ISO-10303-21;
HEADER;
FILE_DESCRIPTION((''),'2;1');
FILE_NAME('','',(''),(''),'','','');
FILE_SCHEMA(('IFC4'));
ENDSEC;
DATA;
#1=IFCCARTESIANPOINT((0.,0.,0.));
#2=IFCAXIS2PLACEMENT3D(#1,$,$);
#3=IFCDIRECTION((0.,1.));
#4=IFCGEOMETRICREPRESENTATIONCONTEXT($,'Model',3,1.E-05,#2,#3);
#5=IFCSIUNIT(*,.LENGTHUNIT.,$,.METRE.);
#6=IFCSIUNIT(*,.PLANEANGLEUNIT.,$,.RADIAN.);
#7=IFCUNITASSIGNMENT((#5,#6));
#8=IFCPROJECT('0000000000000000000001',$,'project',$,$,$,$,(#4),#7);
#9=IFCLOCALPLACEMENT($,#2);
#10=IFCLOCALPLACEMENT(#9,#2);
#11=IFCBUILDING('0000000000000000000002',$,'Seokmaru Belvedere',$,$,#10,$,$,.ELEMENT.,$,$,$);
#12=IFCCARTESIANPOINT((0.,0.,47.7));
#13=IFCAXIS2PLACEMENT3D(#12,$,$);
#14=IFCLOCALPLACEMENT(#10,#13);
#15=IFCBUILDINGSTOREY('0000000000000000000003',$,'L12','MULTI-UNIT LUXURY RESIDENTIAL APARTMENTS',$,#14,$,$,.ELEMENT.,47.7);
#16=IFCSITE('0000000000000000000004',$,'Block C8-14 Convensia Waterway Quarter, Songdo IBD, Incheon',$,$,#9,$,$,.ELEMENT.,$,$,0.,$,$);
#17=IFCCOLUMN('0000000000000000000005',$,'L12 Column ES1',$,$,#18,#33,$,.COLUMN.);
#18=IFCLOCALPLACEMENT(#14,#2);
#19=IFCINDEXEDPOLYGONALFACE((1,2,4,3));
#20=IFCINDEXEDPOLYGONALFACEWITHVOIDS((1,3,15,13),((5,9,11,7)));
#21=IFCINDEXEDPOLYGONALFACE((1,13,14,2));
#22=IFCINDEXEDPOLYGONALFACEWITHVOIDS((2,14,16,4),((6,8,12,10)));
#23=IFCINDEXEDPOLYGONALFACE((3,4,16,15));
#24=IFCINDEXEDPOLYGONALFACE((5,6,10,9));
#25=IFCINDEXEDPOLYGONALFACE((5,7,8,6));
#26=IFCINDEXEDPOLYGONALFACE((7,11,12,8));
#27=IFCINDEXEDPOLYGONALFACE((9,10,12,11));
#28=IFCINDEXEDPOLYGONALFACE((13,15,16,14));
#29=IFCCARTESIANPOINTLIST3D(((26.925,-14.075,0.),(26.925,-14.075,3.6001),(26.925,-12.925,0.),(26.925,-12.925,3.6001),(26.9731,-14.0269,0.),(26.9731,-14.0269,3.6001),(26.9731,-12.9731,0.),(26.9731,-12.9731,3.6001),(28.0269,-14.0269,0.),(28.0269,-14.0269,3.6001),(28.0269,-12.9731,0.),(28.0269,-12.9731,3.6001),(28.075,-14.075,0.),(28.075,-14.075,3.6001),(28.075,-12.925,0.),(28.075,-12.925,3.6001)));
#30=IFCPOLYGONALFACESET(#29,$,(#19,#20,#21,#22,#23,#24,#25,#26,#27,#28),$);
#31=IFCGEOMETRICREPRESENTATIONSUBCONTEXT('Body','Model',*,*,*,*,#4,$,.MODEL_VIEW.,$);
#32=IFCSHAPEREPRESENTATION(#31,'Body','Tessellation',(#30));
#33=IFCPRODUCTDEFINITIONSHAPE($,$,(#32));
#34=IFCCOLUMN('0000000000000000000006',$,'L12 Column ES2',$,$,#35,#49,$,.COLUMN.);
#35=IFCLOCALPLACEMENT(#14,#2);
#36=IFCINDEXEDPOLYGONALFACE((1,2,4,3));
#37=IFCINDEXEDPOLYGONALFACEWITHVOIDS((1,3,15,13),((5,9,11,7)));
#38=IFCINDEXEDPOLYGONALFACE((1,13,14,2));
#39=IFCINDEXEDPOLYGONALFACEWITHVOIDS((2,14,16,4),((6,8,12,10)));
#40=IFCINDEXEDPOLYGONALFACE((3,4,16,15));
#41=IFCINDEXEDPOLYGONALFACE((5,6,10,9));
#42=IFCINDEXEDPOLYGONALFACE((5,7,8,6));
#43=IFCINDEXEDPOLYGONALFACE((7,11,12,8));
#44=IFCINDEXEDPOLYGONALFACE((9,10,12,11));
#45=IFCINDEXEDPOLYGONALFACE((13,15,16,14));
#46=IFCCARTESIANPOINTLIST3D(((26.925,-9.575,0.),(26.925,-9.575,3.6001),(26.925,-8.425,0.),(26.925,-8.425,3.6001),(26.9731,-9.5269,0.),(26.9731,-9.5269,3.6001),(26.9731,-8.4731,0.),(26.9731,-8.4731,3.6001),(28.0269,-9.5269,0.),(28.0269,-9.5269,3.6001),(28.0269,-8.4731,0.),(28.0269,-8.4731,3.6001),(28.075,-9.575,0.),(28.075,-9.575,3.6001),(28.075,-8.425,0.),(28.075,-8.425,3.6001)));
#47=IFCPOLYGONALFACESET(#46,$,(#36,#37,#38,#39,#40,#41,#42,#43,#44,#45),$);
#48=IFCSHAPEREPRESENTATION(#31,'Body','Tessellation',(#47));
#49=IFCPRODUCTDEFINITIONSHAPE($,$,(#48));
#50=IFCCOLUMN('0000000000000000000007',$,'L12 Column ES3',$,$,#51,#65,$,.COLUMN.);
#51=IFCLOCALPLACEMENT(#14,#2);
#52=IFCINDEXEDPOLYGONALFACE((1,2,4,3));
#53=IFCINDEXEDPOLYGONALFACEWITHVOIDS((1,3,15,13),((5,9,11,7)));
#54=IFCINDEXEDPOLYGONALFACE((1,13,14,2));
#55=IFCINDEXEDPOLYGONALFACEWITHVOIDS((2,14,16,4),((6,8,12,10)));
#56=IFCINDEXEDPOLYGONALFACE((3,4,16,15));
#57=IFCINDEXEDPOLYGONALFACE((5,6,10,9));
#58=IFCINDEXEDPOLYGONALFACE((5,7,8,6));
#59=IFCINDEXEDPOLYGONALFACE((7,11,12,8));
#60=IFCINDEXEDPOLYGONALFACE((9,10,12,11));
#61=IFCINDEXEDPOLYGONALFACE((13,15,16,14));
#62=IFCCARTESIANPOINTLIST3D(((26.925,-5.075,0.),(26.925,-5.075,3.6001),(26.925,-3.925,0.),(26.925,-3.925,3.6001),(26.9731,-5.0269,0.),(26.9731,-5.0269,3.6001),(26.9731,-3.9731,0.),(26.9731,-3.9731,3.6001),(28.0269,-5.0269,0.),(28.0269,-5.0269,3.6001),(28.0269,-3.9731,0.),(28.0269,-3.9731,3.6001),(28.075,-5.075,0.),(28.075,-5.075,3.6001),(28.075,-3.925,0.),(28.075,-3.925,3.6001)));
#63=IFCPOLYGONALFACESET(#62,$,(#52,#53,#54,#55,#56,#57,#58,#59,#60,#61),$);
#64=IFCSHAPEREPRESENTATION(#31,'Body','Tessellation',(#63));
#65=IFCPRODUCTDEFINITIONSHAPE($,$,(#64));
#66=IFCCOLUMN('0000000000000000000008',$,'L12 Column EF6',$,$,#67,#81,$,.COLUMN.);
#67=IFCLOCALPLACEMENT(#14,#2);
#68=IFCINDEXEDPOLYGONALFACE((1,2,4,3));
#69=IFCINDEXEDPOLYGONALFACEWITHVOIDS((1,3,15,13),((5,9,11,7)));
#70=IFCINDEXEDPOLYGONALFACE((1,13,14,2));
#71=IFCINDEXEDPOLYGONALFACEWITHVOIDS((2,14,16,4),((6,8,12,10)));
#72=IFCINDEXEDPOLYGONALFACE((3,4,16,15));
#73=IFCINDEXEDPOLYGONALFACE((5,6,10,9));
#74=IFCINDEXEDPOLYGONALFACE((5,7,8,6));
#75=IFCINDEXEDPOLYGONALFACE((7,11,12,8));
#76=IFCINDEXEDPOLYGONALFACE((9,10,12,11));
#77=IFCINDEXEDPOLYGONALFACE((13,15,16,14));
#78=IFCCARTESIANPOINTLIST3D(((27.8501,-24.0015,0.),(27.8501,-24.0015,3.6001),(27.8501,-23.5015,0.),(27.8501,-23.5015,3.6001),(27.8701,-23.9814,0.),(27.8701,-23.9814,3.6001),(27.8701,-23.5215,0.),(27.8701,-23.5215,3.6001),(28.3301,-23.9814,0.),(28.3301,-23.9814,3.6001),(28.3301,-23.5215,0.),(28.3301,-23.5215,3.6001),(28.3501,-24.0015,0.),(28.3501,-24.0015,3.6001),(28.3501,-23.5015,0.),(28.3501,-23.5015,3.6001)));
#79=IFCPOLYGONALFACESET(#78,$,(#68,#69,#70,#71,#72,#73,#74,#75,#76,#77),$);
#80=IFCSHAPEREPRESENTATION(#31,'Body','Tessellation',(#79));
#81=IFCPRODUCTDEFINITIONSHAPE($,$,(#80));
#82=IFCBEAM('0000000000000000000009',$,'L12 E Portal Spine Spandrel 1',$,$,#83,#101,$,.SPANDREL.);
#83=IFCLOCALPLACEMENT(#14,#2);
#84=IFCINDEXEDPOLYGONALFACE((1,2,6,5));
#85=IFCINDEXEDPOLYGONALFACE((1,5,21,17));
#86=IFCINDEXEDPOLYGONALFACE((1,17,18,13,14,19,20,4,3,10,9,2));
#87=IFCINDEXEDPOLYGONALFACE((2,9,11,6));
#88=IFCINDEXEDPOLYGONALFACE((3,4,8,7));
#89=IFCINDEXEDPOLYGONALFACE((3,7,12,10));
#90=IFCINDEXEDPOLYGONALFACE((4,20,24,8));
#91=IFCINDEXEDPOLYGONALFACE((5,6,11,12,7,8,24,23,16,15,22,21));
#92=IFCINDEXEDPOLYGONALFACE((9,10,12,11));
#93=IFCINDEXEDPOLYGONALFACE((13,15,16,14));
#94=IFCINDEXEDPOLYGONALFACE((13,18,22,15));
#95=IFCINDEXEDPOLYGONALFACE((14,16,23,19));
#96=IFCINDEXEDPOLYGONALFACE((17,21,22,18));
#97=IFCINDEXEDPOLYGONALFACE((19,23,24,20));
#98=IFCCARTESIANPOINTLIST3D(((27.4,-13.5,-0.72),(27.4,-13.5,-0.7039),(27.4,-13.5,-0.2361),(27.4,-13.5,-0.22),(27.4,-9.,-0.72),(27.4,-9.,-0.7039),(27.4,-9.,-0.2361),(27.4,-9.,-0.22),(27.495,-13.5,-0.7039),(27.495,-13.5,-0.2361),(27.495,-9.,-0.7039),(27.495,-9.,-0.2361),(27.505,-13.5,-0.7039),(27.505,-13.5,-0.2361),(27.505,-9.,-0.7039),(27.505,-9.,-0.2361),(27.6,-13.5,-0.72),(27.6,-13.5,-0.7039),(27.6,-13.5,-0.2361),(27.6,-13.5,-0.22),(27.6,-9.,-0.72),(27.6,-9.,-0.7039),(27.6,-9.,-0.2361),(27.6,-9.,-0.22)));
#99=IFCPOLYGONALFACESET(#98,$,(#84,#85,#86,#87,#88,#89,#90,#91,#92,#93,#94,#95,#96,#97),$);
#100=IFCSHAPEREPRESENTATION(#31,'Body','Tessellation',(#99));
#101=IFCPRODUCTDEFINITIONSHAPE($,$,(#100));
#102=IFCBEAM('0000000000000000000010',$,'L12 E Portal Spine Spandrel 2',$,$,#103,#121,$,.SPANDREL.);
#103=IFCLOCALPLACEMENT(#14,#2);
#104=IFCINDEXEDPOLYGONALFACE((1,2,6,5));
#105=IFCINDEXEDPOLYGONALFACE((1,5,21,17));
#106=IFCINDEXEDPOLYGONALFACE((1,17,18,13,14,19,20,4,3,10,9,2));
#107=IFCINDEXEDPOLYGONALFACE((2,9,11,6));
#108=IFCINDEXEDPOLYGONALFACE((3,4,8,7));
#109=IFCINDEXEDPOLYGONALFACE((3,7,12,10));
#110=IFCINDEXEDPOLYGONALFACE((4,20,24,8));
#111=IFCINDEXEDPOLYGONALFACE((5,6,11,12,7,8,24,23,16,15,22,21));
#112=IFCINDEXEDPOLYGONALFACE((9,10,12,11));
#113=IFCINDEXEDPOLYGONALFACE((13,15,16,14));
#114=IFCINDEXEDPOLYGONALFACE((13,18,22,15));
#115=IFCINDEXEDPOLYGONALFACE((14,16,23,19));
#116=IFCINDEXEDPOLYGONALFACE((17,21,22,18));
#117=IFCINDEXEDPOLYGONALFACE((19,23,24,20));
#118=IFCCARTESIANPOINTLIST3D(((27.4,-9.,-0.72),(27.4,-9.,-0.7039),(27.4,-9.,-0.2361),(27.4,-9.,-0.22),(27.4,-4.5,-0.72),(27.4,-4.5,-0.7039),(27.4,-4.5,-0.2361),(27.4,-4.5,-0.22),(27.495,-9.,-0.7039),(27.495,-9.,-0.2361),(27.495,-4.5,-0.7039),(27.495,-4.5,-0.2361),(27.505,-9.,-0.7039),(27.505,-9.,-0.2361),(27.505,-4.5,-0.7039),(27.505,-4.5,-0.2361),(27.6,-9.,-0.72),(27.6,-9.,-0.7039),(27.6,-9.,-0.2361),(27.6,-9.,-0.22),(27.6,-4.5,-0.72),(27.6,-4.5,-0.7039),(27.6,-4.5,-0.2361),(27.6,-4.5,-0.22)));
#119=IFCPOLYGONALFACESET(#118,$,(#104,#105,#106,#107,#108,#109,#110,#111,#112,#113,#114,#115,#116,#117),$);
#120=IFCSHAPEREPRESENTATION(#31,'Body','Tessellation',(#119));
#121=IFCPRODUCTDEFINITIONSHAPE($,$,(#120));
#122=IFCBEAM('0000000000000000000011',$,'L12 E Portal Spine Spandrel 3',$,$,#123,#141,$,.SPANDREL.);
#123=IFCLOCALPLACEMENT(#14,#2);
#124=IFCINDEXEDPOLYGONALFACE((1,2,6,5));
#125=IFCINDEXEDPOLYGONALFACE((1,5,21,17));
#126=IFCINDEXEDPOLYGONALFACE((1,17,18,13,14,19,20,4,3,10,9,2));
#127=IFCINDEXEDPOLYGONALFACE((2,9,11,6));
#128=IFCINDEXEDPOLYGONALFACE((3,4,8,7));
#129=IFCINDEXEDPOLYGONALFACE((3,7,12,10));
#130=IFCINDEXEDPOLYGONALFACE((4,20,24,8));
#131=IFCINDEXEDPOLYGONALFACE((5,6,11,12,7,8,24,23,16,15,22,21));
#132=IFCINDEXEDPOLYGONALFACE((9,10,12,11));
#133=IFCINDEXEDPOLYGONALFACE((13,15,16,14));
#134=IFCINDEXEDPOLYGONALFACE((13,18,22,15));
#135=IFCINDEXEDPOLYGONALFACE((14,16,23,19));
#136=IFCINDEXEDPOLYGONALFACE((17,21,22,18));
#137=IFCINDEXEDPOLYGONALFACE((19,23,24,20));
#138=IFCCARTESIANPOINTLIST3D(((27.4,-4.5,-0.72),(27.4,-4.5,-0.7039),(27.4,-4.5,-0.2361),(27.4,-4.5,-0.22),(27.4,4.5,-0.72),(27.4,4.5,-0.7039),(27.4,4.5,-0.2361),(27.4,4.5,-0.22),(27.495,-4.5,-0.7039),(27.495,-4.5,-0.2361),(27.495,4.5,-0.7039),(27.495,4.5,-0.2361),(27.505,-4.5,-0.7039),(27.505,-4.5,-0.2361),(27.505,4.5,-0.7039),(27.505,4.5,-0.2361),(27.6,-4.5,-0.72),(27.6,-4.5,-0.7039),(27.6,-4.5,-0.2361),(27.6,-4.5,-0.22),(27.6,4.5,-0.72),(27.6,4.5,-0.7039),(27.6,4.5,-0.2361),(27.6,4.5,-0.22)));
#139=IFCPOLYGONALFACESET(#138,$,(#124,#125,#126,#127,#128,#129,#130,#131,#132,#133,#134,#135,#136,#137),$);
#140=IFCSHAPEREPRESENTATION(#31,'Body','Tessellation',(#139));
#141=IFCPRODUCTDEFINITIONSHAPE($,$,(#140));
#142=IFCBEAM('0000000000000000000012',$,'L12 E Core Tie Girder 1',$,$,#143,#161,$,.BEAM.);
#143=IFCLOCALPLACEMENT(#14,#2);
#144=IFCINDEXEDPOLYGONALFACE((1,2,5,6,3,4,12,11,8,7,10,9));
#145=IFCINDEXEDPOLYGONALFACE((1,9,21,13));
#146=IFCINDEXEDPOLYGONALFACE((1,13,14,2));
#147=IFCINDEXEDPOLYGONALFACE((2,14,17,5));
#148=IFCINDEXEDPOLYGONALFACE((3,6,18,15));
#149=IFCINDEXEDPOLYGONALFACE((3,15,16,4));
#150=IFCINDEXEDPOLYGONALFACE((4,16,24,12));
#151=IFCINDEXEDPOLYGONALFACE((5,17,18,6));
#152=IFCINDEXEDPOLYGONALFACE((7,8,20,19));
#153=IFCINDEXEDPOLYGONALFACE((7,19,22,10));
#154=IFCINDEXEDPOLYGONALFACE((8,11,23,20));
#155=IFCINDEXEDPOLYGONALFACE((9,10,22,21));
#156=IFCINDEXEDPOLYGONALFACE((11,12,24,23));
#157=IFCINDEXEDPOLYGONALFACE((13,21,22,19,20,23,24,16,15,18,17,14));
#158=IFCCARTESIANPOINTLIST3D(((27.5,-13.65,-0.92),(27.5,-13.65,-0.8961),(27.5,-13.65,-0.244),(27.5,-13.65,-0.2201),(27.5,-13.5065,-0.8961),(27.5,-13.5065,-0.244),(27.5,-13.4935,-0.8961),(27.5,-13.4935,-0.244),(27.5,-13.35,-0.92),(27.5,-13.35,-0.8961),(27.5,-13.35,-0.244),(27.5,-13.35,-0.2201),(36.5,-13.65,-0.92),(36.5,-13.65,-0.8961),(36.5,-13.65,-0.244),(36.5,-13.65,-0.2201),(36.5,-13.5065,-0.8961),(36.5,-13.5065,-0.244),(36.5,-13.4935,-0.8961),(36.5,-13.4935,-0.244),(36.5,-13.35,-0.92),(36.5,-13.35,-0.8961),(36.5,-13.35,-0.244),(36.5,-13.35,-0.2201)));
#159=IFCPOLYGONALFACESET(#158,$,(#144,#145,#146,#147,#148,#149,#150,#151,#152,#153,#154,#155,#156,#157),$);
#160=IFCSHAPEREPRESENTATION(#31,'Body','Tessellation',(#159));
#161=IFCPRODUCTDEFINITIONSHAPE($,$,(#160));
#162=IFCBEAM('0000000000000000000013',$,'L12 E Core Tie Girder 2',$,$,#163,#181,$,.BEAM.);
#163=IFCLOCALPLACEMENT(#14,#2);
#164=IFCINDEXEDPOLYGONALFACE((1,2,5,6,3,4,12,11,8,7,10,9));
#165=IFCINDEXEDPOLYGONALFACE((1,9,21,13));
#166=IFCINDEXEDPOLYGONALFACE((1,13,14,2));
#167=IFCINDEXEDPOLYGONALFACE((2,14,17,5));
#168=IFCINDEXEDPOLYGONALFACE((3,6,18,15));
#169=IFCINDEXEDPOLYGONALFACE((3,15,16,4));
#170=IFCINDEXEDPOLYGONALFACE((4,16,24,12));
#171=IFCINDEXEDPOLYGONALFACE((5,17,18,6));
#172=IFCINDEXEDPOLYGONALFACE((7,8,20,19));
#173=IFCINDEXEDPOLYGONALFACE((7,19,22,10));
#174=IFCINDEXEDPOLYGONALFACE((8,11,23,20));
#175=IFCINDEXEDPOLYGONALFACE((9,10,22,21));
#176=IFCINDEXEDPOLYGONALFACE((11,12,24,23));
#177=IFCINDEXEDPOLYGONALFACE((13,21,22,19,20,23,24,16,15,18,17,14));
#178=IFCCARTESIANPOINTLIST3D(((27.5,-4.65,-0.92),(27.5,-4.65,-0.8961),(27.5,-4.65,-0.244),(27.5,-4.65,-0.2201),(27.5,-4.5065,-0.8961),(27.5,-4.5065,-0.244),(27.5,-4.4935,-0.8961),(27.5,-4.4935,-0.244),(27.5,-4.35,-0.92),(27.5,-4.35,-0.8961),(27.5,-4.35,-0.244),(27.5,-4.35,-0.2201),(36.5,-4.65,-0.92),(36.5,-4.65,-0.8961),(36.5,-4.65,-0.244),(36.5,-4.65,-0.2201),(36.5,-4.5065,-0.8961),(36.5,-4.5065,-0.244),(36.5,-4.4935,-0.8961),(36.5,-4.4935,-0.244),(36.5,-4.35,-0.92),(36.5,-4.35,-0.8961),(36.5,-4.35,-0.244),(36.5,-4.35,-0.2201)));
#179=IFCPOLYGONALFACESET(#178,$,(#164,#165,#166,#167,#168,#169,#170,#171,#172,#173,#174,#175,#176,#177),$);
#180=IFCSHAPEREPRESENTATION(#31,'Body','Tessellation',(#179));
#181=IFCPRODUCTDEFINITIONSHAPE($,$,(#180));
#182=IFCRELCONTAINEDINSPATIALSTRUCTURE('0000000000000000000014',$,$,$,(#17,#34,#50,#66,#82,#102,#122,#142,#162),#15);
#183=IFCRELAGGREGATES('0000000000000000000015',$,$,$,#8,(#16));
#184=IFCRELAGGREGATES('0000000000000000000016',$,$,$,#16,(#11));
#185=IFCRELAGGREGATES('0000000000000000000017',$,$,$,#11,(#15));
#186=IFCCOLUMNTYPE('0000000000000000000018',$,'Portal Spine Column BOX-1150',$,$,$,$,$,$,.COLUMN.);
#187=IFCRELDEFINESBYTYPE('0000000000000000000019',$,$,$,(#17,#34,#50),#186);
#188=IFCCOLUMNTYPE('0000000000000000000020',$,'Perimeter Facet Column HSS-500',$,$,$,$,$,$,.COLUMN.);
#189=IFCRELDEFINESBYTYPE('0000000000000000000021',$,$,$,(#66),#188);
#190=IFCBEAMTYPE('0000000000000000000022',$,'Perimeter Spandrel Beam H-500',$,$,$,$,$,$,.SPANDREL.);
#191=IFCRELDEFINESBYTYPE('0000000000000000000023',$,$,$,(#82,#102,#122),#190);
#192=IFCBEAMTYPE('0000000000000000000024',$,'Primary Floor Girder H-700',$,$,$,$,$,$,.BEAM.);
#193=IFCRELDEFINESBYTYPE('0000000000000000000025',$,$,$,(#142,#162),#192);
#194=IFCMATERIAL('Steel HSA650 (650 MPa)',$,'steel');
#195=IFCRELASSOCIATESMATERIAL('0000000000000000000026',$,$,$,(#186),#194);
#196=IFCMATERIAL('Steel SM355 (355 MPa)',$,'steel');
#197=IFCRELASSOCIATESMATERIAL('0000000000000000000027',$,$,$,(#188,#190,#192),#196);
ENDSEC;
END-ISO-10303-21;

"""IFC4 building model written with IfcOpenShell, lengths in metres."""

from ifc_helpers import new_model, si_unit, direction, frame, origin, origin_2d, place, context, subcontext, project, spatial, hollow_rectangle, i_section, extrude, source, transform, mapped, material, material_profile, profile_set, type_object, type_shapes, element, save


model = new_model("IFC4")

# Units and contexts
model_context = context("Model", 3, precision=1e-05, world=origin(), true_north=direction((0.0, 1.0)))
body_context = subcontext(model_context, "Body", "Model", "MODEL_VIEW")
ifc_project = project(units=[si_unit("LENGTHUNIT", "METRE"), si_unit("PLANEANGLEUNIT", "RADIAN")], contexts=[model_context])

# Site, building, storey
site_placement = place(None, origin())
site = spatial("IfcSite", under=ifc_project, at=site_placement, Name="Block C8-14 Convensia Waterway Quarter, Songdo IBD, Incheon", CompositionType="ELEMENT", RefElevation=0.0)
building_placement = place(site_placement, origin())
building = spatial("IfcBuilding", under=site, at=building_placement, Name="Seokmaru Belvedere", CompositionType="ELEMENT")
storey_placement = place(building_placement, frame((0.0, 0.0, 47.7)))
storey = spatial("IfcBuildingStorey", under=building, at=storey_placement, Name="L12", Description="MULTI-UNIT LUXURY RESIDENTIAL APARTMENTS", CompositionType="ELEMENT", Elevation=47.7)

# Columns
ifc_material_1 = material(Name="Steel HSA650 (650 MPa)", Category="steel")
ifc_material_profile_1 = material_profile(ifc_material_1, hollow_rectangle(XDim=1.1499, YDim=1.1499, WallThickness=0.0481, at=origin_2d()), Name="BOX-1150x1150x48")
ifc_profile_set_1 = profile_set([ifc_material_profile_1], Name="Steel HSA650 (650 MPa)")
column_type_1 = type_object("IfcColumnType", Name="Portal Spine Column BOX-1150", PredefinedType="COLUMN", material=ifc_profile_set_1)
shared_shape_1 = source(origin(), body_context, "Body", "SweptSolid", [
    extrude(hollow_rectangle(XDim=1.1499, YDim=1.1499, WallThickness=0.0481, at=origin_2d()), origin(), (0.0, 0.0, 1.0), 3.6001),
])
type_shapes(column_type_1, [shared_shape_1])
for number, where, z_axis, x_axis, name in (
    (1, (27.5, -13.5, 0.0), (0.0, 0.0, 1.0), (1.0, 0.0, 0.0), "L12 Column ES1"),
    (2, (27.5, -9.0, 0.0), (0.0, 0.0, 1.0), (1.0, 0.0, 0.0), "L12 Column ES2"),
    (3, (27.5, -4.5, 0.0), (0.0, 0.0, 1.0), (1.0, 0.0, 0.0), "L12 Column ES3"),
):
    element("IfcColumn", number, at=place(storey_placement, frame(where, z_axis=z_axis, x_axis=x_axis)), inside=storey, type_object=column_type_1, Name=name, PredefinedType="COLUMN", context=body_context, shape_type="MappedRepresentation", body=[
        mapped(shared_shape_1, transform((0.0, 0.0, 0.0), scale=1.0)),
    ])
ifc_material_2 = material(Name="Steel SM355 (355 MPa)", Category="steel")
ifc_material_profile_2 = material_profile(ifc_material_2, hollow_rectangle(XDim=0.5, YDim=0.5, WallThickness=0.02, at=origin_2d()), Name="HSS-500x500x20")
ifc_profile_set_2 = profile_set([ifc_material_profile_2], Name="Steel SM355 (355 MPa)")
column_type_2 = type_object("IfcColumnType", Name="Perimeter Facet Column HSS-500", PredefinedType="COLUMN", material=ifc_profile_set_2)
shared_shape_2 = source(origin(), body_context, "Body", "SweptSolid", [
    extrude(hollow_rectangle(XDim=0.5, YDim=0.5, WallThickness=0.02, at=origin_2d()), origin(), (0.0, 0.0, 1.0), 3.6001),
])
type_shapes(column_type_2, [shared_shape_2])
column_placement = place(storey_placement, frame((28.1001, -23.7515, 0.0), z_axis=(0.0, 0.0, 1.0), x_axis=(1.0, 0.0, 0.0)))
element("IfcColumn", 4, at=column_placement, inside=storey, type_object=column_type_2, Name="L12 Column EF6", PredefinedType="COLUMN", context=body_context, shape_type="MappedRepresentation", body=[
    mapped(shared_shape_2, transform((0.0, 0.0, 0.0), scale=1.0)),
])

# Beams
ifc_material_profile_3 = material_profile(ifc_material_2, i_section(OverallWidth=0.2, OverallDepth=0.5, WebThickness=0.01, FlangeThickness=0.0161, at=origin_2d()), Name="H-500x200x10x16")
ifc_profile_set_3 = profile_set([ifc_material_profile_3], Name="Steel SM355 (355 MPa)")
beam_type_1 = type_object("IfcBeamType", Name="Perimeter Spandrel Beam H-500", PredefinedType="SPANDREL", material=ifc_profile_set_3)
shared_shape_3 = source(origin(), body_context, "Body", "SweptSolid", [
    extrude(i_section(OverallWidth=0.2, OverallDepth=0.5, WebThickness=0.01, FlangeThickness=0.0161, at=origin_2d()), origin(), (0.0, 0.0, 1.0), 4.5),
])
for number, where, z_axis, x_axis, name in (
    (5, (27.5, -13.5, -0.47), (0.0, 1.0, 0.0), (-1.0, 0.0, 0.0), "L12 E Portal Spine Spandrel 1"),
    (6, (27.5, -9.0, -0.47), (0.0, 1.0, 0.0), (-1.0, 0.0, 0.0), "L12 E Portal Spine Spandrel 2"),
):
    element("IfcBeam", number, at=place(storey_placement, frame(where, z_axis=z_axis, x_axis=x_axis)), inside=storey, type_object=beam_type_1, Name=name, PredefinedType="SPANDREL", context=body_context, shape_type="MappedRepresentation", body=[
        mapped(shared_shape_3, transform((0.0, 0.0, 0.0), scale=1.0)),
    ])
shared_shape_4 = source(origin(), body_context, "Body", "SweptSolid", [
    extrude(i_section(OverallWidth=0.2, OverallDepth=0.5, WebThickness=0.01, FlangeThickness=0.0161, at=origin_2d()), origin(), (0.0, 0.0, 1.0), 9.0),
])
beam_1_placement = place(storey_placement, frame((27.5, -4.5, -0.47), z_axis=(0.0, 1.0, 0.0), x_axis=(-1.0, 0.0, 0.0)))
element("IfcBeam", 7, at=beam_1_placement, inside=storey, type_object=beam_type_1, Name="L12 E Portal Spine Spandrel 3", PredefinedType="SPANDREL", context=body_context, shape_type="MappedRepresentation", body=[
    mapped(shared_shape_4, transform((0.0, 0.0, 0.0), scale=1.0)),
])
ifc_material_profile_4 = material_profile(ifc_material_2, i_section(OverallWidth=0.3, OverallDepth=0.7, WebThickness=0.0129, FlangeThickness=0.0239, at=origin_2d()), Name="H-700x300x13x24")
ifc_profile_set_4 = profile_set([ifc_material_profile_4], Name="Steel SM355 (355 MPa)")
beam_type_2 = type_object("IfcBeamType", Name="Primary Floor Girder H-700", PredefinedType="BEAM", material=ifc_profile_set_4)
shared_shape_5 = source(origin(), body_context, "Body", "SweptSolid", [
    extrude(i_section(OverallWidth=0.3, OverallDepth=0.7, WebThickness=0.0129, FlangeThickness=0.0239, at=origin_2d()), origin(), (0.0, 0.0, 1.0), 9.0),
])
type_shapes(beam_type_2, [shared_shape_5])
for number, where, z_axis, x_axis, name in (
    (8, (27.5, -13.5, -0.5701), (1.0, 0.0, 0.0), (0.0, 1.0, 0.0), "L12 E Core Tie Girder 1"),
    (9, (27.5, -4.5, -0.5701), (1.0, 0.0, 0.0), (0.0, 1.0, 0.0), "L12 E Core Tie Girder 2"),
):
    element("IfcBeam", number, at=place(storey_placement, frame(where, z_axis=z_axis, x_axis=x_axis)), inside=storey, type_object=beam_type_2, Name=name, PredefinedType="BEAM", context=body_context, shape_type="MappedRepresentation", body=[
        mapped(shared_shape_5, transform((0.0, 0.0, 0.0), scale=1.0)),
    ])

save(model, "model.ifc")
